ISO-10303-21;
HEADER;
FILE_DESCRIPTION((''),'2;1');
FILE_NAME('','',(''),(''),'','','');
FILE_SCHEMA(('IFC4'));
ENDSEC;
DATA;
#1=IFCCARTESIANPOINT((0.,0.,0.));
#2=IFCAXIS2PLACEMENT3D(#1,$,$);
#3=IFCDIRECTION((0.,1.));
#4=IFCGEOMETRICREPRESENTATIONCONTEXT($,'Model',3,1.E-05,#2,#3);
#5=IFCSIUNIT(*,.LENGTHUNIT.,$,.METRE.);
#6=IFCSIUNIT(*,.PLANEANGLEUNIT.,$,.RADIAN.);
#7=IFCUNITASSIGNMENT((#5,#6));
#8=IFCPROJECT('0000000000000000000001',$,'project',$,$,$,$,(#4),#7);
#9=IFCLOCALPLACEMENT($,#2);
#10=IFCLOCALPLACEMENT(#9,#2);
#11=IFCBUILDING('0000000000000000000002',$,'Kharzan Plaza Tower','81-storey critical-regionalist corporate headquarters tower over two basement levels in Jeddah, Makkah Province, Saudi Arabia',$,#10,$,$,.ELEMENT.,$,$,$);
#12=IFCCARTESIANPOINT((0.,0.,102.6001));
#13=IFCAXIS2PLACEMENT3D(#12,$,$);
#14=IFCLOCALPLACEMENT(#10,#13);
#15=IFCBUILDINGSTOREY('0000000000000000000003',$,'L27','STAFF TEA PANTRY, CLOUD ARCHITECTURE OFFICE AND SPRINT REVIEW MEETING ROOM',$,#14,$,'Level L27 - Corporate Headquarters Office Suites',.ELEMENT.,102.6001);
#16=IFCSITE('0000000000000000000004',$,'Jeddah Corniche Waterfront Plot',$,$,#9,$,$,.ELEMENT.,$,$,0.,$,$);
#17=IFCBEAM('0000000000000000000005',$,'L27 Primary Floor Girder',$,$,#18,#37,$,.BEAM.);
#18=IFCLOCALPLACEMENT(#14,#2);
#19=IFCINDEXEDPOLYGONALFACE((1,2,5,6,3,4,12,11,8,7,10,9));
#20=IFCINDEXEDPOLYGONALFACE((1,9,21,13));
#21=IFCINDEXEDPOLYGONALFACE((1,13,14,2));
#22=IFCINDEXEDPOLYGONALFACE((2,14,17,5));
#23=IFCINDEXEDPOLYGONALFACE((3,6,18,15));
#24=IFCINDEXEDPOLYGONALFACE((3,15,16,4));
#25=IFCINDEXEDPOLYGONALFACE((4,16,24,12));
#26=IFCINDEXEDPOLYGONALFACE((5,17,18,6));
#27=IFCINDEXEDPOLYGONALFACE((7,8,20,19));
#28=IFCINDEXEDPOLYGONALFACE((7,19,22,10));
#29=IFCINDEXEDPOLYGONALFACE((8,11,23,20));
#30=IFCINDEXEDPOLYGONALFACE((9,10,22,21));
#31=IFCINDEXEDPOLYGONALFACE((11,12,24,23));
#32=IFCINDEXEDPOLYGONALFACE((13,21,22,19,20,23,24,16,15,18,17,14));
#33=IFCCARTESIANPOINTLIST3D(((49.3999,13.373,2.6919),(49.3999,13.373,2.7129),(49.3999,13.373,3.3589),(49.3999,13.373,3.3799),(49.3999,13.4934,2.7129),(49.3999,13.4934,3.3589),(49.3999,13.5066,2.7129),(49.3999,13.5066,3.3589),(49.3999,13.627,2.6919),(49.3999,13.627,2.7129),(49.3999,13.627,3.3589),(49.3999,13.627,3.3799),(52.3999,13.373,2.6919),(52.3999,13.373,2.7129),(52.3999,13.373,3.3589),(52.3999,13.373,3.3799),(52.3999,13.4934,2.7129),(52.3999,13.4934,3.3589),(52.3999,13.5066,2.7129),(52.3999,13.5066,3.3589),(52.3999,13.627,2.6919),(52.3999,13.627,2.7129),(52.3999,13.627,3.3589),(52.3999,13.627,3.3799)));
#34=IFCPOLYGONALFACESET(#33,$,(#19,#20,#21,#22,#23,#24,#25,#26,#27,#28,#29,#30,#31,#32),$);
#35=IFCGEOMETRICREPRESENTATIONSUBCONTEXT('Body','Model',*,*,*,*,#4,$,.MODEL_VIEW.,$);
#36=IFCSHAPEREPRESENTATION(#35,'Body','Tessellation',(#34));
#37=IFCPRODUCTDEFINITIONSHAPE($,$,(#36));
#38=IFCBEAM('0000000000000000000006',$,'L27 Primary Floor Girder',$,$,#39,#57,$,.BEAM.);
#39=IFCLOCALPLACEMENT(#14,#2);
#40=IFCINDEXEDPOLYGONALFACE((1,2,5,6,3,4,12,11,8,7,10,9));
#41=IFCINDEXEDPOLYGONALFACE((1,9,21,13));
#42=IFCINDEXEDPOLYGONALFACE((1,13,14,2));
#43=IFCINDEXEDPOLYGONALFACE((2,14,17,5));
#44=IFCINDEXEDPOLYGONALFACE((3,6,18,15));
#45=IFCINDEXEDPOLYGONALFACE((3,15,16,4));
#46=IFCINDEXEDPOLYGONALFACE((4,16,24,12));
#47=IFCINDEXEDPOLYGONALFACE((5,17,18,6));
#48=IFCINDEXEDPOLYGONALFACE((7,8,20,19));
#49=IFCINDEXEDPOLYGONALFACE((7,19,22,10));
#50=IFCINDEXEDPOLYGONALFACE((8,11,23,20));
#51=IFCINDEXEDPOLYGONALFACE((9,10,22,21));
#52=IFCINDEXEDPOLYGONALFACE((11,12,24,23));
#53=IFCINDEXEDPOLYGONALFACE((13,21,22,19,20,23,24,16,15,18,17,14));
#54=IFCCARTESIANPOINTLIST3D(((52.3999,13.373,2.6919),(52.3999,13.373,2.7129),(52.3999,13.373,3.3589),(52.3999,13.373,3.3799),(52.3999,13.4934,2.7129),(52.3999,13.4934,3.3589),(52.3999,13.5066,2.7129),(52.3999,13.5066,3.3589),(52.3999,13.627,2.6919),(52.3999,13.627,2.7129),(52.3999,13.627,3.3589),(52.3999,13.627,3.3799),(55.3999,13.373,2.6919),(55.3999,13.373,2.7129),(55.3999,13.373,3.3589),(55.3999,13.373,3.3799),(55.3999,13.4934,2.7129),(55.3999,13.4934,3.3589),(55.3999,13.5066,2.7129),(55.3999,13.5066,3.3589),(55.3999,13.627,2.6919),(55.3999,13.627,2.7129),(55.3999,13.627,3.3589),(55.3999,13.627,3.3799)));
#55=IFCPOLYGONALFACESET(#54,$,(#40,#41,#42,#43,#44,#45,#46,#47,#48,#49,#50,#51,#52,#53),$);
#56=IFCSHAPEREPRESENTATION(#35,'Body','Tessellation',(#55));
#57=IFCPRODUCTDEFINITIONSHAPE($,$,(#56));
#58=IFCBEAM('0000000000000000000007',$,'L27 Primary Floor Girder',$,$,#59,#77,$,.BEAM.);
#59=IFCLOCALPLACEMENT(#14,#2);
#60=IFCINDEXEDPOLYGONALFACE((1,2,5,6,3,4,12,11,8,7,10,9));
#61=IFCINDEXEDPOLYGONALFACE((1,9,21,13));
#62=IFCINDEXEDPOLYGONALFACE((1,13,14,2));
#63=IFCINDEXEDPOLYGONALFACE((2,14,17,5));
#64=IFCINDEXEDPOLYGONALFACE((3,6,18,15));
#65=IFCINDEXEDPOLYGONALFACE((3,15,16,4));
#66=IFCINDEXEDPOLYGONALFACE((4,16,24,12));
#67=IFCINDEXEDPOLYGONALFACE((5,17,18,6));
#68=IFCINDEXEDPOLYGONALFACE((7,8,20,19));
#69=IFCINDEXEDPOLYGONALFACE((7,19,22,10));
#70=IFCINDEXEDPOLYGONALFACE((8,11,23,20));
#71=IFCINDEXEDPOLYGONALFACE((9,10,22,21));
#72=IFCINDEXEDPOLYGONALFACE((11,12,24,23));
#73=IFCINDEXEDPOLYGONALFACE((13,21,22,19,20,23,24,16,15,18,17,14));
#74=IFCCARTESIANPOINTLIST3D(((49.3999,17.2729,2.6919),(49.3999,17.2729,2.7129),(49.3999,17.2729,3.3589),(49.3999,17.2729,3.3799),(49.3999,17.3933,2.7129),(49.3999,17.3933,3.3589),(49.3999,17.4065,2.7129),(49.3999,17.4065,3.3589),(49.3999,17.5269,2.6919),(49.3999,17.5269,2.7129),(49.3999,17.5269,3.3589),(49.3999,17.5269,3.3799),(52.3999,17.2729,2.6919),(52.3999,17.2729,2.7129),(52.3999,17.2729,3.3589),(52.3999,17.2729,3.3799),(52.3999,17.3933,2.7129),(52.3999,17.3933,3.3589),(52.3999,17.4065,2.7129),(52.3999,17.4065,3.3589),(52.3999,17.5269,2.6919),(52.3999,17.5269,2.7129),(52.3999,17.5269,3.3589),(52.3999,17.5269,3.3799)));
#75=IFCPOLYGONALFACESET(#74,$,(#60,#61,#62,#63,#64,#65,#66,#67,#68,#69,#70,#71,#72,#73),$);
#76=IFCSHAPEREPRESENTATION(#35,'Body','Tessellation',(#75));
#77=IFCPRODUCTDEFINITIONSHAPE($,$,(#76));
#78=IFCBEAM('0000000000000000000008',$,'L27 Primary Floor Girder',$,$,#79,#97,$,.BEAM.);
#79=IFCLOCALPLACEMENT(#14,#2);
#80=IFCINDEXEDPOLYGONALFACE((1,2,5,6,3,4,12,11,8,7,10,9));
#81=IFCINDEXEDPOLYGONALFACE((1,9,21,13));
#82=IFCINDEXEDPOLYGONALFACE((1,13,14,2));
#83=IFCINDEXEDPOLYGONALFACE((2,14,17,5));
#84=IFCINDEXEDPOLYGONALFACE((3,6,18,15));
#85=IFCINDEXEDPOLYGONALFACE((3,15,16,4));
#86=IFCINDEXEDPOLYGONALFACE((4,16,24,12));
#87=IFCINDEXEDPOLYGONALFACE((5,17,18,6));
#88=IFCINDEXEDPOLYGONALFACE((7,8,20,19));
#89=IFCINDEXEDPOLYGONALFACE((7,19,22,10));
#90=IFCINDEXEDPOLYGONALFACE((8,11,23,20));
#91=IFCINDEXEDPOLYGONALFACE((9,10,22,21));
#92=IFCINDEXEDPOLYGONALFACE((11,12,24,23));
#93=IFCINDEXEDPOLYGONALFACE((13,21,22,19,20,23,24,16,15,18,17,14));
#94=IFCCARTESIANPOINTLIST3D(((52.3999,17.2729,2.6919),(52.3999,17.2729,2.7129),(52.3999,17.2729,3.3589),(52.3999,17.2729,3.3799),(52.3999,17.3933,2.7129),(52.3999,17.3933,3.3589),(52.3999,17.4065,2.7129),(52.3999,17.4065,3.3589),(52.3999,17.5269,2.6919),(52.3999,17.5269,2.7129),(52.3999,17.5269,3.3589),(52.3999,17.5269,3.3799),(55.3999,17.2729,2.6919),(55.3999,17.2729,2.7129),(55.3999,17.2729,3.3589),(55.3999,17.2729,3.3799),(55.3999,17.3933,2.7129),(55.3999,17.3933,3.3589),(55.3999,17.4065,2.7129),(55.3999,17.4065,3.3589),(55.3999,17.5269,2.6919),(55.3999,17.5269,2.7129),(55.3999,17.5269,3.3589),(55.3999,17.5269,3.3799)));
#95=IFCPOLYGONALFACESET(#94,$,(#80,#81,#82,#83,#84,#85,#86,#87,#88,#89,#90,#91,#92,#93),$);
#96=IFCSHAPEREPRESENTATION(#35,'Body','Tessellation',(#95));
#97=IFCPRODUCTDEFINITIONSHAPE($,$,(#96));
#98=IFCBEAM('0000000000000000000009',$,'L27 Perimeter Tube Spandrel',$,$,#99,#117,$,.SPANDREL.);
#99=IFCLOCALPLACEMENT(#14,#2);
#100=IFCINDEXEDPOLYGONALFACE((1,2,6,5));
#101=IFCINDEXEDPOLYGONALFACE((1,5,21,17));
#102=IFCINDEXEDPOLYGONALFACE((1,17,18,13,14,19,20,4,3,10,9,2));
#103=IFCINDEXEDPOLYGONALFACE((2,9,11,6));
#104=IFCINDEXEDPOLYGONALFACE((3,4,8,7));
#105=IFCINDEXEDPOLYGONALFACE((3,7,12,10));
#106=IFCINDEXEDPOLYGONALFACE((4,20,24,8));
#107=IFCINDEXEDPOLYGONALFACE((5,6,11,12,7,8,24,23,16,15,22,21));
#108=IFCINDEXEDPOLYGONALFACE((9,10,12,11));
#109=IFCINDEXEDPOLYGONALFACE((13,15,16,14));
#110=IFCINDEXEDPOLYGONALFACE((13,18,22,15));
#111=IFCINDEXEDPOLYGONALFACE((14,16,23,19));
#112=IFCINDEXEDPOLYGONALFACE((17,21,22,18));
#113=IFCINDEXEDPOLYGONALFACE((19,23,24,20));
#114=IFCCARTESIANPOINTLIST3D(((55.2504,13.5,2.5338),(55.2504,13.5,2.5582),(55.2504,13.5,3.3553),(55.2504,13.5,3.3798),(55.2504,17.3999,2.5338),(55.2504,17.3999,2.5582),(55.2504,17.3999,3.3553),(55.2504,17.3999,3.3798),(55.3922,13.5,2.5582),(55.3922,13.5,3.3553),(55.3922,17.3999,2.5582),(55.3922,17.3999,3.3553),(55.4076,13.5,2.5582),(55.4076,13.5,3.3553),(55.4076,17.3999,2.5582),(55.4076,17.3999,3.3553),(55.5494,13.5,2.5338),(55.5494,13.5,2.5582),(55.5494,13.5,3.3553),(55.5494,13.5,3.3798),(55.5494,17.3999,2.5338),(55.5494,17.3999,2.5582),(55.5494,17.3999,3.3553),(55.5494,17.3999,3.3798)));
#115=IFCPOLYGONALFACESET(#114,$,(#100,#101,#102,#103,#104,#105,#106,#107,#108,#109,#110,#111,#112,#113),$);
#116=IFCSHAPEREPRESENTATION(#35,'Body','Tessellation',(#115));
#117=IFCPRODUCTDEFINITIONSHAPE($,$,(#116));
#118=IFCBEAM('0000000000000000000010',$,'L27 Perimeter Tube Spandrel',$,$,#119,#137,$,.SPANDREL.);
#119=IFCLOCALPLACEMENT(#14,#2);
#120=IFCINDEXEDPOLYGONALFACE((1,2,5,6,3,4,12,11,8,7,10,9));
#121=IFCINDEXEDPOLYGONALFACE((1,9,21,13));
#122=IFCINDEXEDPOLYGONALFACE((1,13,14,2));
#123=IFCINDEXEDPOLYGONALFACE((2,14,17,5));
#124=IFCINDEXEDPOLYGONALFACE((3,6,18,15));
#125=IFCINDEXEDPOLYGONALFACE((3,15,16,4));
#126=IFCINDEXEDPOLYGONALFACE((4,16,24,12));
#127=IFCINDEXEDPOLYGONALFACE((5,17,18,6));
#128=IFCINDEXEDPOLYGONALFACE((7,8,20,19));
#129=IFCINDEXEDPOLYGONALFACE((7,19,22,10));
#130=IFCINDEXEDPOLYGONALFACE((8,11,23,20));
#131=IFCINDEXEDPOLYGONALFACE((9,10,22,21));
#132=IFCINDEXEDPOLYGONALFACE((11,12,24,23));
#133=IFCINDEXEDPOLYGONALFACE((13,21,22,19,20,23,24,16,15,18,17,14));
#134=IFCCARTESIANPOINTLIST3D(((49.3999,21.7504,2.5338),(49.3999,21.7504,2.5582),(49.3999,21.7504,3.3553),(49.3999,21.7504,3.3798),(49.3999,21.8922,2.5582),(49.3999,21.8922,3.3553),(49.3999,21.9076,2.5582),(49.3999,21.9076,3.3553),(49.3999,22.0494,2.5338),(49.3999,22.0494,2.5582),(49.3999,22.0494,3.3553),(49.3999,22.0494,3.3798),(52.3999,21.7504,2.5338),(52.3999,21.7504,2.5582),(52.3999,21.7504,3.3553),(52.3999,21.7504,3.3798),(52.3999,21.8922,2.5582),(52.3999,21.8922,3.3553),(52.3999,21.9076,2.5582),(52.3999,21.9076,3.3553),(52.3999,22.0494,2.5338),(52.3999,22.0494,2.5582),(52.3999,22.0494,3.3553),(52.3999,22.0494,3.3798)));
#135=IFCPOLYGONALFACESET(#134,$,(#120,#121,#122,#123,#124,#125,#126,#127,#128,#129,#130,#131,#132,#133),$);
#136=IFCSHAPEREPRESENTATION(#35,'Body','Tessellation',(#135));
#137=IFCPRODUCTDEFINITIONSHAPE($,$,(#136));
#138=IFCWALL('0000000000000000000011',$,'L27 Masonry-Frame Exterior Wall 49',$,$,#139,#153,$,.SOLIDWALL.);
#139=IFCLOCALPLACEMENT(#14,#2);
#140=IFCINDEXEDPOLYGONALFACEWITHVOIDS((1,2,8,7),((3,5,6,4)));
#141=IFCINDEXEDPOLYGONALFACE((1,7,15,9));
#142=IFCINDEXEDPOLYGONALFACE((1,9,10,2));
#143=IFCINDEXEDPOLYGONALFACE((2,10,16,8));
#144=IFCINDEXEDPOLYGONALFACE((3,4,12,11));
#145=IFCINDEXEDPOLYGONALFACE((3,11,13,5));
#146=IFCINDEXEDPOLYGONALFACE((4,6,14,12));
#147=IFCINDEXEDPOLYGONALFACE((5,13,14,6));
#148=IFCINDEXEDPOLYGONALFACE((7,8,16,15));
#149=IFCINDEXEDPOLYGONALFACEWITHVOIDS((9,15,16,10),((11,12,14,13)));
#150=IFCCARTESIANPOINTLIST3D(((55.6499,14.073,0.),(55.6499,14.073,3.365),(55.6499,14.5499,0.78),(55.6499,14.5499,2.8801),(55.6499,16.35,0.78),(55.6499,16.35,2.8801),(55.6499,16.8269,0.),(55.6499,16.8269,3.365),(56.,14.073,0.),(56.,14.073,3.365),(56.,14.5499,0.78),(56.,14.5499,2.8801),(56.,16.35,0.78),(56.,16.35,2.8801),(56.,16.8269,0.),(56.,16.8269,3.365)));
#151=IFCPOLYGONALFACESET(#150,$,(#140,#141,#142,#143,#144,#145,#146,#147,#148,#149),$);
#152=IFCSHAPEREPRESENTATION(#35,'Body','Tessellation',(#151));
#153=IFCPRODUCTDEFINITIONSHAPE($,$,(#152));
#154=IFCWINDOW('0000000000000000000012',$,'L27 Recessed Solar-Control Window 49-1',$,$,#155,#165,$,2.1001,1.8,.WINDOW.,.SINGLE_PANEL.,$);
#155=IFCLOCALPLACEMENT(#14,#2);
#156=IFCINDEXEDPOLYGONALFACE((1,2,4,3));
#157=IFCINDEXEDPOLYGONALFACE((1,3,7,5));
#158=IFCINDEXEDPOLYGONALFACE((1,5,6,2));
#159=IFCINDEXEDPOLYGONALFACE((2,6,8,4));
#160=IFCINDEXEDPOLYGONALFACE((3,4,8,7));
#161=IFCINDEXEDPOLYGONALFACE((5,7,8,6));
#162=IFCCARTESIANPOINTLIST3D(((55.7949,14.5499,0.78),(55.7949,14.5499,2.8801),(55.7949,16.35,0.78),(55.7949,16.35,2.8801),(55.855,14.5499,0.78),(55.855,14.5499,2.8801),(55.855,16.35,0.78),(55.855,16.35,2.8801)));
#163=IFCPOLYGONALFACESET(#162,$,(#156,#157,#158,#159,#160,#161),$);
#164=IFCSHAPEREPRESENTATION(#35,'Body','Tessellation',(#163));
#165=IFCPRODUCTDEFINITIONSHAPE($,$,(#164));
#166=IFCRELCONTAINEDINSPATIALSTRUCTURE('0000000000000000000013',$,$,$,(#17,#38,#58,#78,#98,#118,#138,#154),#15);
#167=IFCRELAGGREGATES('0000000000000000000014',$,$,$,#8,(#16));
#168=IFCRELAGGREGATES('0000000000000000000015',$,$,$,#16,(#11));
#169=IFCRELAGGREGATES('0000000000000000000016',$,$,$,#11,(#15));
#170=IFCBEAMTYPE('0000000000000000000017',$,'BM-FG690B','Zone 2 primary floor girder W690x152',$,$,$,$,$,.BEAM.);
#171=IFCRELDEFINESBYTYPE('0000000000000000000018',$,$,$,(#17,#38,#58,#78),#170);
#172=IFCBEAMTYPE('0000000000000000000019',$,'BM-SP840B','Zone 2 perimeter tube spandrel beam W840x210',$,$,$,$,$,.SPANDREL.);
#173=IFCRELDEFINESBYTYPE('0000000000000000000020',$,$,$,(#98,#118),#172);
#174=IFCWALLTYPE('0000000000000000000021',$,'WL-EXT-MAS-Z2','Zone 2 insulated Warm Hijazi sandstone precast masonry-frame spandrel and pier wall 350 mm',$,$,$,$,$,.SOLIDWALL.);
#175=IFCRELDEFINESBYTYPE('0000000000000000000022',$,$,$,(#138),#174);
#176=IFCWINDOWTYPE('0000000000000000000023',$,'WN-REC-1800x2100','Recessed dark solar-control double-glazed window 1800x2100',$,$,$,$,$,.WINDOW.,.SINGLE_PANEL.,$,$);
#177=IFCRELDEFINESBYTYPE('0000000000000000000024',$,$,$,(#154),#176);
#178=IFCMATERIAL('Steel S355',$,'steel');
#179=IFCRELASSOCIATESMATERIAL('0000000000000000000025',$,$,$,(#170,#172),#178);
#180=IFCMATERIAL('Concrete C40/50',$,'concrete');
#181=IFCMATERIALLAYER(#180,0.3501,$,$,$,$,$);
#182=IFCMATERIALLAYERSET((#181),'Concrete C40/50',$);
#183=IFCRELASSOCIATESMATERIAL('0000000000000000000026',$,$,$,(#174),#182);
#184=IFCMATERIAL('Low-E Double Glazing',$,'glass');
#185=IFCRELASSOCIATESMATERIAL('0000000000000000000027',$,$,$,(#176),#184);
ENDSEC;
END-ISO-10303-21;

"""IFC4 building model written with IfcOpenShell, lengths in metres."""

from ifc_helpers import new_model, si_unit, direction, frame, frame_2d, origin, origin_2d, place, context, subcontext, project, spatial, rectangle, i_section, extrude, source, transform, mapped, material, layer, layer_set, material_profile, profile_set, type_object, element, fill, save


model = new_model("IFC4")

# Units and contexts
model_context = context("Model", 3, precision=1e-05, world=origin(), true_north=direction((0.0, 1.0)))
body_context = subcontext(model_context, "Body", "Model", "MODEL_VIEW")
ifc_project = project(units=[si_unit("LENGTHUNIT", "METRE"), si_unit("PLANEANGLEUNIT", "RADIAN")], contexts=[model_context])

# Site, building, storey
site_placement = place(None, origin())
site = spatial("IfcSite", under=ifc_project, at=site_placement, Name="Jeddah Corniche Waterfront Plot", CompositionType="ELEMENT", RefElevation=0.0)
building_placement = place(site_placement, origin())
building = spatial("IfcBuilding", under=site, at=building_placement, Name="Kharzan Plaza Tower", Description="81-storey critical-regionalist corporate headquarters tower over two basement levels in Jeddah, Makkah Province, Saudi Arabia", CompositionType="ELEMENT")
storey_placement = place(building_placement, frame((0.0, 0.0, 102.6001)))
storey = spatial("IfcBuildingStorey", under=building, at=storey_placement, Name="L27", Description="STAFF TEA PANTRY, CLOUD ARCHITECTURE OFFICE AND SPRINT REVIEW MEETING ROOM", LongName="Level L27 - Corporate Headquarters Office Suites", CompositionType="ELEMENT", Elevation=102.6001)

# Beams
ifc_material_1 = material(Name="Steel S355", Category="steel")
ifc_material_profile_1 = material_profile(ifc_material_1, i_section(OverallWidth=0.2539, OverallDepth=0.688, WebThickness=0.0132, FlangeThickness=0.021, at=origin_2d()), Name="W690x152")
ifc_profile_set_1 = profile_set([ifc_material_profile_1], Name="Steel S355")
beam_type_1 = type_object("IfcBeamType", Name="BM-FG690B", Description="Zone 2 primary floor girder W690x152", PredefinedType="BEAM", material=ifc_profile_set_1)
shared_shape_1 = source(origin(), body_context, "Body", "SweptSolid", [
    extrude(i_section(OverallWidth=0.2539, OverallDepth=0.688, WebThickness=0.0132, FlangeThickness=0.021, at=origin_2d()), origin(), (0.0, 0.0, 1.0), 3.0),
])
for number, where, z_axis, x_axis, name in (
    (1, (49.3999, 13.5, 3.0359), (1.0, 0.0, 0.0), (0.0, 1.0, 0.0), "L27 Primary Floor Girder"),
    (2, (52.3999, 13.5, 3.0359), (1.0, 0.0, 0.0), (0.0, 1.0, 0.0), "L27 Primary Floor Girder"),
    (3, (49.3999, 17.3999, 3.0359), (1.0, 0.0, 0.0), (0.0, 1.0, 0.0), "L27 Primary Floor Girder"),
    (4, (52.3999, 17.3999, 3.0359), (1.0, 0.0, 0.0), (0.0, 1.0, 0.0), "L27 Primary Floor Girder"),
):
    element("IfcBeam", number, at=place(storey_placement, frame(where, z_axis=z_axis, x_axis=x_axis)), inside=storey, type_object=beam_type_1, Name=name, PredefinedType="BEAM", context=body_context, shape_type="MappedRepresentation", body=[
        mapped(shared_shape_1, transform((0.0, 0.0, 0.0), x_axis=(1.0, 0.0, 0.0), y_axis=(0.0, 1.0, 0.0), z_axis=(0.0, 0.0, 1.0))),
    ])
ifc_material_profile_2 = material_profile(ifc_material_1, i_section(OverallWidth=0.2991, OverallDepth=0.8459, WebThickness=0.0154, FlangeThickness=0.0244, at=origin_2d()), Name="W840x210")
ifc_profile_set_2 = profile_set([ifc_material_profile_2], Name="Steel S355")
beam_type_2 = type_object("IfcBeamType", Name="BM-SP840B", Description="Zone 2 perimeter tube spandrel beam W840x210", PredefinedType="SPANDREL", material=ifc_profile_set_2)
shared_shape_2 = source(origin(), body_context, "Body", "SweptSolid", [
    extrude(i_section(OverallWidth=0.2991, OverallDepth=0.8459, WebThickness=0.0154, FlangeThickness=0.0244, at=origin_2d()), origin(), (0.0, 0.0, 1.0), 3.8999),
])
beam_1_placement = place(storey_placement, frame((55.3999, 13.5, 2.9568), z_axis=(0.0, 1.0, 0.0), x_axis=(-1.0, 0.0, 0.0)))
element("IfcBeam", 5, at=beam_1_placement, inside=storey, type_object=beam_type_2, Name="L27 Perimeter Tube Spandrel", PredefinedType="SPANDREL", context=body_context, shape_type="MappedRepresentation", body=[
    mapped(shared_shape_2, transform((0.0, 0.0, 0.0), x_axis=(1.0, 0.0, 0.0), y_axis=(0.0, 1.0, 0.0), z_axis=(0.0, 0.0, 1.0))),
])
shared_shape_3 = source(origin(), body_context, "Body", "SweptSolid", [
    extrude(i_section(OverallWidth=0.2991, OverallDepth=0.8459, WebThickness=0.0154, FlangeThickness=0.0244, at=origin_2d()), origin(), (0.0, 0.0, 1.0), 3.0),
])
beam_2_placement = place(storey_placement, frame((49.3999, 21.8999, 2.9568), z_axis=(1.0, 0.0, 0.0), x_axis=(0.0, 1.0, 0.0)))
element("IfcBeam", 6, at=beam_2_placement, inside=storey, type_object=beam_type_2, Name="L27 Perimeter Tube Spandrel", PredefinedType="SPANDREL", context=body_context, shape_type="MappedRepresentation", body=[
    mapped(shared_shape_3, transform((0.0, 0.0, 0.0), x_axis=(1.0, 0.0, 0.0), y_axis=(0.0, 1.0, 0.0), z_axis=(0.0, 0.0, 1.0))),
])

# Wall, opening, window
ifc_material_2 = material(Name="Concrete C40/50", Category="concrete")
ifc_layer_1 = layer(ifc_material_2, 0.3501)
ifc_layer_set_1 = layer_set([ifc_layer_1], Name="Concrete C40/50")
wall_type_1 = type_object("IfcWallType", Name="WL-EXT-MAS-Z2", Description="Zone 2 insulated Warm Hijazi sandstone precast masonry-frame spandrel and pier wall 350 mm", PredefinedType="SOLIDWALL", material=ifc_layer_set_1)
wall_1_placement = place(storey_placement, frame((55.825, 14.073, 0.0), z_axis=(0.0, 0.0, 1.0), x_axis=(0.0, 1.0, 0.0)))
wall_1 = element("IfcWall", 7, at=wall_1_placement, inside=storey, type_object=wall_type_1, Name="L27 Masonry-Frame Exterior Wall 49", PredefinedType="SOLIDWALL", context=body_context, shape_type="SweptSolid", body=[
    extrude(rectangle(XDim=2.7539, YDim=0.3501, at=frame_2d((1.377, 0.0))), origin(), (0.0, 0.0, 1.0), 3.365),
])
opening_1_placement = place(wall_1_placement, frame((0.4771, 0.0, 0.78)))
opening_1 = element("IfcOpeningElement", 8, at=opening_1_placement, cuts=wall_1, PredefinedType="OPENING", context=body_context, shape_type="SweptSolid", body=[
    extrude(rectangle(XDim=1.8, YDim=2.1001, at=frame_2d((0.8999, 1.05))), frame((0.0, 0.1851, 0.0), z_axis=(0.0, -1.0, 0.0), x_axis=(1.0, 0.0, 0.0)), (0.0, 0.0, 1.0), 0.3701),
])
ifc_material_3 = material(Name="Low-E Double Glazing", Category="glass")
window_type_1 = type_object("IfcWindowType", Name="WN-REC-1800x2100", Description="Recessed dark solar-control double-glazed window 1800x2100", PartitioningType="SINGLE_PANEL", PredefinedType="WINDOW", material=ifc_material_3)
shared_shape_4 = source(origin(), body_context, "Body", "SweptSolid", [
    extrude(rectangle(XDim=1.8, YDim=2.1001, at=frame_2d((0.8999, 1.05))), frame((0.0, 0.03, 0.0), z_axis=(0.0, -1.0, 0.0), x_axis=(1.0, 0.0, 0.0)), (0.0, 0.0, 1.0), 0.0601),
])
window_1_placement = place(opening_1_placement, origin())
window_1 = element("IfcWindow", 9, at=window_1_placement, inside=storey, type_object=window_type_1, Name="L27 Recessed Solar-Control Window 49-1", OverallHeight=2.1001, OverallWidth=1.8, PartitioningType="SINGLE_PANEL", PredefinedType="WINDOW", context=body_context, shape_type="MappedRepresentation", body=[
    mapped(shared_shape_4, transform((0.0, 0.0, 0.0), x_axis=(1.0, 0.0, 0.0), y_axis=(0.0, 1.0, 0.0), z_axis=(0.0, 0.0, 1.0))),
])
fill(opening_1, window_1)

save(model, "model.ifc")
